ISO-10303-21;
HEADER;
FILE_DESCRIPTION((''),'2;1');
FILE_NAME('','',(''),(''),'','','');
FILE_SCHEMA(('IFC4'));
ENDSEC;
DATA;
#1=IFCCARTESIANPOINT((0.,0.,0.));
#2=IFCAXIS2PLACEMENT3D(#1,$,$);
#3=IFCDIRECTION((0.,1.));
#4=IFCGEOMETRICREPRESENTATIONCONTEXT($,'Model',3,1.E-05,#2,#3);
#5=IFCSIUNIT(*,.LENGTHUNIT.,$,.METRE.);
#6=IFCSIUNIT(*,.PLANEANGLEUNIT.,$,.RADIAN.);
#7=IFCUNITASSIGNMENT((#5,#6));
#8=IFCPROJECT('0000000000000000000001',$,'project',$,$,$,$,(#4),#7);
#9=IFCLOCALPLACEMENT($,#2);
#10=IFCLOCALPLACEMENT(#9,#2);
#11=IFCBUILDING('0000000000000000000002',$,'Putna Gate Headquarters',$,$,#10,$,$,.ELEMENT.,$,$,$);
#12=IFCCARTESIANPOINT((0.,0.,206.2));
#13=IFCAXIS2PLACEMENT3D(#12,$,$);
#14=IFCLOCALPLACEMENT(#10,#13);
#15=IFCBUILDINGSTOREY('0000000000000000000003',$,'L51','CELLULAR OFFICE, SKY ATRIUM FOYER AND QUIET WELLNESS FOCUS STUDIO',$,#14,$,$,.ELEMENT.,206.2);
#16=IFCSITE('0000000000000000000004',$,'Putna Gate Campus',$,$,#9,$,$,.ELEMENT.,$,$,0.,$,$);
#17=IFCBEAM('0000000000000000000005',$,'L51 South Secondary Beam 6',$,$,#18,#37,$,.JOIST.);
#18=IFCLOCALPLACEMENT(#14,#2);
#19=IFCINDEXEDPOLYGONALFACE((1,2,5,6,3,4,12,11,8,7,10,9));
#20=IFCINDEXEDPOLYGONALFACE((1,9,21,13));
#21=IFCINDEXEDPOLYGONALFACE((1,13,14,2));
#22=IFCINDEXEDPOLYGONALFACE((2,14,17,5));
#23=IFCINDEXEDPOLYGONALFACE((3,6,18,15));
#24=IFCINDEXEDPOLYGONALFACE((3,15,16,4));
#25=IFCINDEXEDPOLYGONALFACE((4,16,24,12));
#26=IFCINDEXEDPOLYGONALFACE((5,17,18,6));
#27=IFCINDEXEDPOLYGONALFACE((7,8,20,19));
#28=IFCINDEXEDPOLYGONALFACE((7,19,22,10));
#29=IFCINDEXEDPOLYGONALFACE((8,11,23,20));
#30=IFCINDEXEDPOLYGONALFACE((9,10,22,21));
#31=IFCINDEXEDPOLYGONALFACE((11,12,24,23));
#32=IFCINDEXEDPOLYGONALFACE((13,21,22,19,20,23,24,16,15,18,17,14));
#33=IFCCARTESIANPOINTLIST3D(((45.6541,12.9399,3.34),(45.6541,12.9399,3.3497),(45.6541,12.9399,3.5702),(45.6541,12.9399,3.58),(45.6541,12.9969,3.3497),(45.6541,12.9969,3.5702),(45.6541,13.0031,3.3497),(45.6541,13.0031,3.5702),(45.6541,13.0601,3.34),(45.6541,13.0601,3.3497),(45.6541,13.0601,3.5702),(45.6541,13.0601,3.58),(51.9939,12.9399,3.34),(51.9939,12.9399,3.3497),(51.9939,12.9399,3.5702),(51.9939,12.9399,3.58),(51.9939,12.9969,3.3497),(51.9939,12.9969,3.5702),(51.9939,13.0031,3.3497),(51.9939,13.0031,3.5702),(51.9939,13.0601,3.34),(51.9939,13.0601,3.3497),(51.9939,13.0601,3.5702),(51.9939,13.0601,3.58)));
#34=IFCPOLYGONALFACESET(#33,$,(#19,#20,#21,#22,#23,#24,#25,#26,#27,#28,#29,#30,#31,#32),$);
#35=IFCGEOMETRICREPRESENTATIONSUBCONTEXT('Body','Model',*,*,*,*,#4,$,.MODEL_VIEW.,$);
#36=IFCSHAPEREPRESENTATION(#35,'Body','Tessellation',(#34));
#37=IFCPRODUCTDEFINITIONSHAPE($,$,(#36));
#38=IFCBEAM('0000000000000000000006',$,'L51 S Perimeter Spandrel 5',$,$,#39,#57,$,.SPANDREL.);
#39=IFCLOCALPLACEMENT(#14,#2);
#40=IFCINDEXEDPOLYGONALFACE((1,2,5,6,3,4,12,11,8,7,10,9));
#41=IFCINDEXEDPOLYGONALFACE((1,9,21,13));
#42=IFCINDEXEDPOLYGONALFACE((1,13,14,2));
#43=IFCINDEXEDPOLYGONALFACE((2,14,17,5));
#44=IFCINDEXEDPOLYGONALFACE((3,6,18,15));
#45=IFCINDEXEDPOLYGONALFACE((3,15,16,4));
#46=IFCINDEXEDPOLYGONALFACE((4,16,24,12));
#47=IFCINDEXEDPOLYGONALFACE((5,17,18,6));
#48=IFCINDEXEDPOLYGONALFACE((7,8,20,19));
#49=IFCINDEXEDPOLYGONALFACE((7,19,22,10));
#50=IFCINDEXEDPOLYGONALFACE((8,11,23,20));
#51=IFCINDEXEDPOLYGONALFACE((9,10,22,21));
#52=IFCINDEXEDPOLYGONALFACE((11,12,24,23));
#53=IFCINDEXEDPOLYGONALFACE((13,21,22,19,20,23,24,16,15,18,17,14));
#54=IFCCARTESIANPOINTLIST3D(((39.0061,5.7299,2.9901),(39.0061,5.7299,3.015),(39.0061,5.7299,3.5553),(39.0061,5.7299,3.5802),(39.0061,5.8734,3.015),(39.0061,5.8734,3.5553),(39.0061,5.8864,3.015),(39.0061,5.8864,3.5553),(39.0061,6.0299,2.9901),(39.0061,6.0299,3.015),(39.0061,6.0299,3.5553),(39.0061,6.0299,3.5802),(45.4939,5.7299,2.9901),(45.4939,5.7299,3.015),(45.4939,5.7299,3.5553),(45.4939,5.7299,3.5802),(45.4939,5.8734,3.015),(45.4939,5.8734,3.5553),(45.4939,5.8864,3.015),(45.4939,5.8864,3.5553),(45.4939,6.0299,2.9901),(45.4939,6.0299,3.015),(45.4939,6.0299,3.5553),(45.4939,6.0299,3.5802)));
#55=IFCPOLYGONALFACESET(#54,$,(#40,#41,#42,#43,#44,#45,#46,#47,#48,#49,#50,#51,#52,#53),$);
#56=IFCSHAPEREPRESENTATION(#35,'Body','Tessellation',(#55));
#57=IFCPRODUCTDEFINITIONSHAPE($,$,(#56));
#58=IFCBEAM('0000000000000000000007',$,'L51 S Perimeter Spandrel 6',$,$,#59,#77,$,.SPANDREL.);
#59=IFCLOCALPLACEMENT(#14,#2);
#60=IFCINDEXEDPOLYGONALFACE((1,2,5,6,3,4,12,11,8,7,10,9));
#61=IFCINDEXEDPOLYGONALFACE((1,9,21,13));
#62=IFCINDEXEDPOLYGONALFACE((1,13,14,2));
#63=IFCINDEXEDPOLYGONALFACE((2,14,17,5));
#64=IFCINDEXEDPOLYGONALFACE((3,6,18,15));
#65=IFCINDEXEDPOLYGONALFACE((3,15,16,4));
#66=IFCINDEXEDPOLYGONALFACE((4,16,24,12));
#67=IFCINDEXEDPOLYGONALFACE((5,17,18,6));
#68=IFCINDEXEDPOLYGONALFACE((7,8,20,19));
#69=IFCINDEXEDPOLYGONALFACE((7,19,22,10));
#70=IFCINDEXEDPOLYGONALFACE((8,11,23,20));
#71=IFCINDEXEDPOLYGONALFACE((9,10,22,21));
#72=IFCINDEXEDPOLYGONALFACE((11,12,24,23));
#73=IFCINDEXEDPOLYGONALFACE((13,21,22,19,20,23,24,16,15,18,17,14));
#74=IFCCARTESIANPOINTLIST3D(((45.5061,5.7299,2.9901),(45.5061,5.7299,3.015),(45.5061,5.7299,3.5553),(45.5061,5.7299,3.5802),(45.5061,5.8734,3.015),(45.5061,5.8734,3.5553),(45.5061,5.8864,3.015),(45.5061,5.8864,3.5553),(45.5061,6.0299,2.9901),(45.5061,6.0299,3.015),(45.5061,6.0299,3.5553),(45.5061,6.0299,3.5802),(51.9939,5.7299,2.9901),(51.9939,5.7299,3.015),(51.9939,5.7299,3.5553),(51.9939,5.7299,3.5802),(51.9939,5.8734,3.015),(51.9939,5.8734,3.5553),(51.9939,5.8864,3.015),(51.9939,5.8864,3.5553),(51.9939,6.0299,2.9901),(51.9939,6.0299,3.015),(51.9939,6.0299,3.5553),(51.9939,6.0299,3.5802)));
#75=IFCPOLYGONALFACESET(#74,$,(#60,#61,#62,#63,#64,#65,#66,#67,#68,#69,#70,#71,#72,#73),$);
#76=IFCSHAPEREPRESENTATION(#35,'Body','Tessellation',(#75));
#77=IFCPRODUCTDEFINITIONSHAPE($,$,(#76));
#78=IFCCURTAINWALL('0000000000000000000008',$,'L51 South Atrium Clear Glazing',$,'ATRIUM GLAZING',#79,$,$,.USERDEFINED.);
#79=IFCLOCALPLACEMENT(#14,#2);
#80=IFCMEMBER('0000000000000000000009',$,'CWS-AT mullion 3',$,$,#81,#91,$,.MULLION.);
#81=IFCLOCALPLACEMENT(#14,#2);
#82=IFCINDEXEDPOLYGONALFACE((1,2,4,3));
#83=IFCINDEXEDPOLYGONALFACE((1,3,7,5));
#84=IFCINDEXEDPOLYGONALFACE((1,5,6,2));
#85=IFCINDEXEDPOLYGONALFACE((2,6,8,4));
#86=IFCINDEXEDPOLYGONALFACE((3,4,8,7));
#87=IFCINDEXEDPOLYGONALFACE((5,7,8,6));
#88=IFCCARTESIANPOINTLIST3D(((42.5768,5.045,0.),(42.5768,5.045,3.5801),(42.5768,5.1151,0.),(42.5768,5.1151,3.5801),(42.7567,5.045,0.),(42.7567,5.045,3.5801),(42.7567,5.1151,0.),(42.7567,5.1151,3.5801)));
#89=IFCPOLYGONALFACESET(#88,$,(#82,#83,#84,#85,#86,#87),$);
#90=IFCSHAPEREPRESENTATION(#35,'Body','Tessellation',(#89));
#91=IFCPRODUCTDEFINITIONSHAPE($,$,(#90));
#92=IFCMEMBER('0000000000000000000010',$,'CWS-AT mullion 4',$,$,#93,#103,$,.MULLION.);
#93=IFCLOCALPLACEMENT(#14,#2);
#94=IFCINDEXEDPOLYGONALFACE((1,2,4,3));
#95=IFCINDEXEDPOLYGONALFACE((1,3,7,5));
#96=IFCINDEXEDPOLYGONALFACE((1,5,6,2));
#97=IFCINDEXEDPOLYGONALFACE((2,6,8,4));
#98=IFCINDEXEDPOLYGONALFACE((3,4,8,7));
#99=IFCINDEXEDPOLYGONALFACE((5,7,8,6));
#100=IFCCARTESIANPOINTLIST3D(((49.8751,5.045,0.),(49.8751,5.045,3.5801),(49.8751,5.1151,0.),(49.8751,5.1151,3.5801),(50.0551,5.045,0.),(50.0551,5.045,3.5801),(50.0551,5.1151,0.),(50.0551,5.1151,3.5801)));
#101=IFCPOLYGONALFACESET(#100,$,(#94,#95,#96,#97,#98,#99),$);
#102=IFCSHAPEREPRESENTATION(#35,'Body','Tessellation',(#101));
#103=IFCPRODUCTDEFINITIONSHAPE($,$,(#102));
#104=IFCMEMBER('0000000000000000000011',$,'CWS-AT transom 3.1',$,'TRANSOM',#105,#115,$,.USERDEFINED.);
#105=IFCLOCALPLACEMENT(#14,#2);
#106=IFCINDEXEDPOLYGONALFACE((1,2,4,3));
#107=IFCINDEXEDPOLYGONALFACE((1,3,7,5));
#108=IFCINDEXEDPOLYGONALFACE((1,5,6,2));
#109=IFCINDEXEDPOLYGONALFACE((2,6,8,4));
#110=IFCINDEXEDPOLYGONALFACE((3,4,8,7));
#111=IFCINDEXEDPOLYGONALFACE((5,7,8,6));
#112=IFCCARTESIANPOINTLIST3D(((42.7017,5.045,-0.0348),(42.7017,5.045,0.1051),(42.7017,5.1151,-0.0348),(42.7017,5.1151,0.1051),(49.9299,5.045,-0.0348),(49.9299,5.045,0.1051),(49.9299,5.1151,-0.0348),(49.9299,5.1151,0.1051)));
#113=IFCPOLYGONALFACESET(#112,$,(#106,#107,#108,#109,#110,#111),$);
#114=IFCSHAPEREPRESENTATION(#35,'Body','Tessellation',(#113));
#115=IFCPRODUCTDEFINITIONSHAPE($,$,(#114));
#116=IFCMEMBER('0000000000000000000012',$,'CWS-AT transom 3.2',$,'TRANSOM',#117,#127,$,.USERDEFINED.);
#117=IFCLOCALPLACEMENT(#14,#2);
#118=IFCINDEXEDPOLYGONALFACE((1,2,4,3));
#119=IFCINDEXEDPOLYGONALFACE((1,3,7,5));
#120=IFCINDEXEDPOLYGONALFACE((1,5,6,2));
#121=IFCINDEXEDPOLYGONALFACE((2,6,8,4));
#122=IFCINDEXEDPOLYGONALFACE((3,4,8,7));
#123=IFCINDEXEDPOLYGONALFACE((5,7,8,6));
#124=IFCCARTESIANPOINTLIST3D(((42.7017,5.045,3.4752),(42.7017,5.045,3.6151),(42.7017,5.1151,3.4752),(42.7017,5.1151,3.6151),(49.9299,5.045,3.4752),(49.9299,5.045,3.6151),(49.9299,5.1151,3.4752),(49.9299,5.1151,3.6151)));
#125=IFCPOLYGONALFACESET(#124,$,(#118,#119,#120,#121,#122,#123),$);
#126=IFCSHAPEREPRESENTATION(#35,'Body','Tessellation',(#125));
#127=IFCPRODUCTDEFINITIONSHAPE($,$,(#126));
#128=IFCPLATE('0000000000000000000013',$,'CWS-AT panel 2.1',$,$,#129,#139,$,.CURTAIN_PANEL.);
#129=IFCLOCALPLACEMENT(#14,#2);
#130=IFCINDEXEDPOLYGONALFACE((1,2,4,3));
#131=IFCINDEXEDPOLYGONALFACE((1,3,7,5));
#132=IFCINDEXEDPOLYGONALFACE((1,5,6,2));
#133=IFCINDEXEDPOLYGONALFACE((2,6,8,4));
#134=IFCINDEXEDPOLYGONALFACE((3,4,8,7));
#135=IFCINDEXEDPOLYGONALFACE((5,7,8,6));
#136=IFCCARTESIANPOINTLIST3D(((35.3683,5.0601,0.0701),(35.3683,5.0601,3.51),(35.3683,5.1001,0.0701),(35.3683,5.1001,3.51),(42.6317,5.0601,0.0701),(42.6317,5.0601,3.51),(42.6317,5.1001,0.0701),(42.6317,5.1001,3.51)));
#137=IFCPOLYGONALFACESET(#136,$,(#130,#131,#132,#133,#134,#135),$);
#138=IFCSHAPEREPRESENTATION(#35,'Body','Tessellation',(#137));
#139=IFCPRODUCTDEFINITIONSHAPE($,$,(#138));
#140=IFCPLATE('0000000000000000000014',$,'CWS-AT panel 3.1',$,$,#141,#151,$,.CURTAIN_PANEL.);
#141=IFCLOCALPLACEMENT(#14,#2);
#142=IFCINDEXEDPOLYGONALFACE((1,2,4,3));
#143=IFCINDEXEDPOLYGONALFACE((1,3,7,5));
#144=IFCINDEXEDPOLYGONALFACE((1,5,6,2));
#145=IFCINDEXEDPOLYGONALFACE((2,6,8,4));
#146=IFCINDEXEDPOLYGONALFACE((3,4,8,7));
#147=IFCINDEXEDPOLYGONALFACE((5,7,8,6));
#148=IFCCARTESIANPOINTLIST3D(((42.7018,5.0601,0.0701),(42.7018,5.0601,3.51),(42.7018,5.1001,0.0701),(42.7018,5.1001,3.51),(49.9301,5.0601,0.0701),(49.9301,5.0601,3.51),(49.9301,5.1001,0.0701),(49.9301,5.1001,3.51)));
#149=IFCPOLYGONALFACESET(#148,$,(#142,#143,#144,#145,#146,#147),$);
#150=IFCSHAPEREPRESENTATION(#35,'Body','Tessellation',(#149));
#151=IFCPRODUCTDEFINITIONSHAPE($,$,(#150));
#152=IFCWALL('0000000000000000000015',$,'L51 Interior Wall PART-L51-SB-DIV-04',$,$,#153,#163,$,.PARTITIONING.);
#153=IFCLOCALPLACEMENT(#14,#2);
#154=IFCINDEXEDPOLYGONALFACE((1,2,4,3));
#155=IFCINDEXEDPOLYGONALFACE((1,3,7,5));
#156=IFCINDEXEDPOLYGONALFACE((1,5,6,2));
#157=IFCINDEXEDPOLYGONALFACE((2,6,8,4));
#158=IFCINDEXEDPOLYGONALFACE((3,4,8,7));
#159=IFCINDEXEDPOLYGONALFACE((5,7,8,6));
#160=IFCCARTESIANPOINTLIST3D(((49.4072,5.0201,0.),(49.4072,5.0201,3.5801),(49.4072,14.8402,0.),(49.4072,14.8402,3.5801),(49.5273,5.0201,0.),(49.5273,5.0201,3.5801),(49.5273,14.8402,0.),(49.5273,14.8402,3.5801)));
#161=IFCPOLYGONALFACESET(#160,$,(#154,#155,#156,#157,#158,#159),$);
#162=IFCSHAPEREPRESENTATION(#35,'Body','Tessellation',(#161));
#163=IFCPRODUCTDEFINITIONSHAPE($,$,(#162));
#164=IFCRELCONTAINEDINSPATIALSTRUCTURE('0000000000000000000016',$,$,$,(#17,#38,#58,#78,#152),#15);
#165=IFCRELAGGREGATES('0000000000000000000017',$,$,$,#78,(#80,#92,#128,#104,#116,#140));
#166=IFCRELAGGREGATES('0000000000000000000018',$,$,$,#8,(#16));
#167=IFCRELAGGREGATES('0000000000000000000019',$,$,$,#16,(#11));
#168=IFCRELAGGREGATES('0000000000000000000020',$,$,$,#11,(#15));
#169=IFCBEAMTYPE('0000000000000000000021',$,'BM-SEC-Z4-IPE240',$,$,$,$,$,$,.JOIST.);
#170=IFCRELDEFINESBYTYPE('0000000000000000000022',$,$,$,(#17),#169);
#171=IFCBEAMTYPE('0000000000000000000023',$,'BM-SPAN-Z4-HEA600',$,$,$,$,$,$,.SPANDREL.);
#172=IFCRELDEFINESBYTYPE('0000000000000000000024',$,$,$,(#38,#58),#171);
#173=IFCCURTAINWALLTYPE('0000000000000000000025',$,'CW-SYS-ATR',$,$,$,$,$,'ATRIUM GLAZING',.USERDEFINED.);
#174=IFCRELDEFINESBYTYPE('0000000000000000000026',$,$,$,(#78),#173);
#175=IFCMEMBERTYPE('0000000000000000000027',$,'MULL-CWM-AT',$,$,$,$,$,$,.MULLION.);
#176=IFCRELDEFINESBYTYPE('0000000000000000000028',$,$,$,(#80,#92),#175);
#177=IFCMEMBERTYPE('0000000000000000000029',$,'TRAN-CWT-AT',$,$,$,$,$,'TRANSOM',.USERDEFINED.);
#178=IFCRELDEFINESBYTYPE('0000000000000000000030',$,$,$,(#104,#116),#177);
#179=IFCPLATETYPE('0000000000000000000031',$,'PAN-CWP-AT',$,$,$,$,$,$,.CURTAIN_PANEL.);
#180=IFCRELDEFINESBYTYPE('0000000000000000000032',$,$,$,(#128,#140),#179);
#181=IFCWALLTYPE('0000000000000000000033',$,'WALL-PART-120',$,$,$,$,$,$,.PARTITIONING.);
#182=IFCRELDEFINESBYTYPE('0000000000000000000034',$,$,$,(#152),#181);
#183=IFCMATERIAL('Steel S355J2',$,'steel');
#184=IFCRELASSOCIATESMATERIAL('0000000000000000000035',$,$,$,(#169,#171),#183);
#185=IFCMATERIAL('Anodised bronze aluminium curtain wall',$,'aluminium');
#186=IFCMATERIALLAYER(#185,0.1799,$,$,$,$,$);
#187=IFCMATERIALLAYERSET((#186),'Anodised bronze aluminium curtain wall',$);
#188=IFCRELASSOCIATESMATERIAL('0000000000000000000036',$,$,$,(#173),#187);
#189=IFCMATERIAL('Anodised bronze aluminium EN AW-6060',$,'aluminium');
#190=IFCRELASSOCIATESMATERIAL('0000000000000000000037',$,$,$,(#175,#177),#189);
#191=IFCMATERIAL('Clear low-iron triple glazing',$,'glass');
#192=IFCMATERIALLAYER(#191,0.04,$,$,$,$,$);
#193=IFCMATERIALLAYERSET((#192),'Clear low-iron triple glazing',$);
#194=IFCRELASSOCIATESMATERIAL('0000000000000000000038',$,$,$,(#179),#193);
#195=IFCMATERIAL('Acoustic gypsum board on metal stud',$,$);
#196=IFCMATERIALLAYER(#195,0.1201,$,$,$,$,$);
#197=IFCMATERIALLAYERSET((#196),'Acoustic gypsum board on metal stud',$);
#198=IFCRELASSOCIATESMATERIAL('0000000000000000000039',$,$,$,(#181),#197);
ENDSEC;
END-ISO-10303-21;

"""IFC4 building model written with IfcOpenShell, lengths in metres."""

from ifc_helpers import new_model, si_unit, direction, frame, frame_2d, origin, origin_2d, place, context, subcontext, project, spatial, rectangle, i_section, extrude, material, layer, layer_set, material_profile, profile_set, type_object, element, aggregate, save


model = new_model("IFC4")

# Units and contexts
model_context = context("Model", 3, precision=1e-05, world=origin(), true_north=direction((0.0, 1.0)))
body_context = subcontext(model_context, "Body", "Model", "MODEL_VIEW")
ifc_project = project(units=[si_unit("LENGTHUNIT", "METRE"), si_unit("PLANEANGLEUNIT", "RADIAN")], contexts=[model_context])

# Site, building, storey
site_placement = place(None, origin())
site = spatial("IfcSite", under=ifc_project, at=site_placement, Name="Putna Gate Campus", CompositionType="ELEMENT", RefElevation=0.0)
building_placement = place(site_placement, origin())
building = spatial("IfcBuilding", under=site, at=building_placement, Name="Putna Gate Headquarters", CompositionType="ELEMENT")
storey_placement = place(building_placement, frame((0.0, 0.0, 206.2)))
storey = spatial("IfcBuildingStorey", under=building, at=storey_placement, Name="L51", Description="CELLULAR OFFICE, SKY ATRIUM FOYER AND QUIET WELLNESS FOCUS STUDIO", CompositionType="ELEMENT", Elevation=206.2)

# Beams
ifc_material_1 = material(Name="Steel S355J2", Category="steel")
ifc_material_profile_1 = material_profile(ifc_material_1, i_section(OverallWidth=0.1201, OverallDepth=0.24, WebThickness=0.0061, FlangeThickness=0.0098, at=origin_2d()), Name="Steel S355J2")
ifc_profile_set_1 = profile_set([ifc_material_profile_1], Name="Steel S355J2")
beam_type_1 = type_object("IfcBeamType", Name="BM-SEC-Z4-IPE240", PredefinedType="JOIST", material=ifc_profile_set_1)
beam_1_placement = place(storey_placement, frame((45.6541, 13.0, 3.46), z_axis=(1.0, 0.0, 0.0), x_axis=(0.0, 1.0, 0.0)))
element("IfcBeam", 1, at=beam_1_placement, inside=storey, type_object=beam_type_1, Name="L51 South Secondary Beam 6", PredefinedType="JOIST", context=body_context, shape_type="SweptSolid", body=[
    extrude(i_section(OverallWidth=0.1201, OverallDepth=0.24, WebThickness=0.0061, FlangeThickness=0.0098, at=origin_2d()), origin(), (0.0, 0.0, 1.0), 6.3398),
])
ifc_material_profile_2 = material_profile(ifc_material_1, i_section(OverallWidth=0.3, OverallDepth=0.5901, WebThickness=0.0129, FlangeThickness=0.0249, at=origin_2d()), Name="Steel S355J2")
ifc_profile_set_2 = profile_set([ifc_material_profile_2], Name="Steel S355J2")
beam_type_2 = type_object("IfcBeamType", Name="BM-SPAN-Z4-HEA600", PredefinedType="SPANDREL", material=ifc_profile_set_2)
for number, where, z_axis, x_axis, name in (
    (2, (39.0061, 5.8799, 3.2852), (1.0, 0.0, 0.0), (0.0, 1.0, 0.0), "L51 S Perimeter Spandrel 5"),
    (3, (45.5061, 5.8799, 3.2852), (1.0, 0.0, 0.0), (0.0, 1.0, 0.0), "L51 S Perimeter Spandrel 6"),
):
    element("IfcBeam", number, at=place(storey_placement, frame(where, z_axis=z_axis, x_axis=x_axis)), inside=storey, type_object=beam_type_2, Name=name, PredefinedType="SPANDREL", context=body_context, shape_type="SweptSolid", body=[
        extrude(i_section(OverallWidth=0.3, OverallDepth=0.5901, WebThickness=0.0129, FlangeThickness=0.0249, at=origin_2d()), origin(), (0.0, 0.0, 1.0), 6.4878),
    ])

# Curtain wall, members, plates
ifc_material_2 = material(Name="Anodised bronze aluminium curtain wall", Category="aluminium")
ifc_layer_1 = layer(ifc_material_2, 0.1799)
ifc_layer_set_1 = layer_set([ifc_layer_1], Name="Anodised bronze aluminium curtain wall")
curtain_wall_type = type_object("IfcCurtainWallType", Name="CW-SYS-ATR", ElementType="ATRIUM GLAZING", PredefinedType="USERDEFINED", material=ifc_layer_set_1)
curtain_wall_placement = place(storey_placement, origin())
curtain_wall = element("IfcCurtainWall", 4, at=curtain_wall_placement, inside=storey, type_object=curtain_wall_type, Name="L51 South Atrium Clear Glazing", ObjectType="ATRIUM GLAZING", PredefinedType="USERDEFINED")
ifc_material_3 = material(Name="Anodised bronze aluminium EN AW-6060", Category="aluminium")
ifc_material_profile_3 = material_profile(ifc_material_3, rectangle(XDim=0.0701, YDim=0.1799, at=origin_2d()), Name="Anodised bronze aluminium EN AW-6060")
ifc_profile_set_3 = profile_set([ifc_material_profile_3], Name="Anodised bronze aluminium EN AW-6060")
member_type_1 = type_object("IfcMemberType", Name="MULL-CWM-AT", PredefinedType="MULLION", material=ifc_profile_set_3)
member_1_placement = place(storey_placement, frame((42.6667, 5.0801, 0.0), z_axis=(0.0, 0.0, 1.0), x_axis=(0.0, 1.0, 0.0)))
member_1 = element("IfcMember", 5, at=member_1_placement, type_object=member_type_1, Name="CWS-AT mullion 3", PredefinedType="MULLION", context=body_context, shape_type="SweptSolid", body=[
    extrude(rectangle(XDim=0.0701, YDim=0.1799, at=origin_2d()), origin(), (0.0, 0.0, 1.0), 3.5801),
])
member_2_placement = place(storey_placement, frame((49.9651, 5.0801, 0.0), z_axis=(0.0, 0.0, 1.0), x_axis=(0.0, 1.0, 0.0)))
member_2 = element("IfcMember", 6, at=member_2_placement, type_object=member_type_1, Name="CWS-AT mullion 4", PredefinedType="MULLION", context=body_context, shape_type="SweptSolid", body=[
    extrude(rectangle(XDim=0.0701, YDim=0.1799, at=origin_2d()), origin(), (0.0, 0.0, 1.0), 3.5801),
])
ifc_material_profile_4 = material_profile(ifc_material_3, rectangle(XDim=0.0701, YDim=0.1399, at=origin_2d()), Name="Anodised bronze aluminium EN AW-6060")
ifc_profile_set_4 = profile_set([ifc_material_profile_4], Name="Anodised bronze aluminium EN AW-6060")
member_type_2 = type_object("IfcMemberType", Name="TRAN-CWT-AT", ElementType="TRANSOM", PredefinedType="USERDEFINED", material=ifc_profile_set_4)
member_3_placement = place(storey_placement, frame((42.7017, 5.0801, 0.0352), z_axis=(1.0, 0.0, 0.0), x_axis=(0.0, 1.0, 0.0)))
member_3 = element("IfcMember", 7, at=member_3_placement, type_object=member_type_2, Name="CWS-AT transom 3.1", ObjectType="TRANSOM", PredefinedType="USERDEFINED", context=body_context, shape_type="SweptSolid", body=[
    extrude(rectangle(XDim=0.0701, YDim=0.1399, at=origin_2d()), origin(), (0.0, 0.0, 1.0), 7.2283),
])
member_4_placement = place(storey_placement, frame((42.7017, 5.0801, 3.5452), z_axis=(1.0, 0.0, 0.0), x_axis=(0.0, 1.0, 0.0)))
member_4 = element("IfcMember", 8, at=member_4_placement, type_object=member_type_2, Name="CWS-AT transom 3.2", ObjectType="TRANSOM", PredefinedType="USERDEFINED", context=body_context, shape_type="SweptSolid", body=[
    extrude(rectangle(XDim=0.0701, YDim=0.1399, at=origin_2d()), origin(), (0.0, 0.0, 1.0), 7.2283),
])
ifc_material_4 = material(Name="Clear low-iron triple glazing", Category="glass")
ifc_layer_2 = layer(ifc_material_4, 0.04)
ifc_layer_set_2 = layer_set([ifc_layer_2], Name="Clear low-iron triple glazing")
plate_type = type_object("IfcPlateType", Name="PAN-CWP-AT", PredefinedType="CURTAIN_PANEL", material=ifc_layer_set_2)
plate_1_placement = place(storey_placement, frame((39.0, 5.0801, 0.0701), z_axis=(0.0, 0.0, 1.0), x_axis=(1.0, 0.0, 0.0)))
plate_1 = element("IfcPlate", 9, at=plate_1_placement, type_object=plate_type, Name="CWS-AT panel 2.1", PredefinedType="CURTAIN_PANEL", context=body_context, shape_type="SweptSolid", body=[
    extrude(rectangle(XDim=7.2634, YDim=0.04, at=origin_2d()), origin(), (0.0, 0.0, 1.0), 3.4399),
])
plate_2_placement = place(storey_placement, frame((46.3159, 5.0801, 0.0701), z_axis=(0.0, 0.0, 1.0), x_axis=(1.0, 0.0, 0.0)))
plate_2 = element("IfcPlate", 10, at=plate_2_placement, type_object=plate_type, Name="CWS-AT panel 3.1", PredefinedType="CURTAIN_PANEL", context=body_context, shape_type="SweptSolid", body=[
    extrude(rectangle(XDim=7.2283, YDim=0.04, at=origin_2d()), origin(), (0.0, 0.0, 1.0), 3.4399),
])
aggregate(curtain_wall, [member_1, member_2, plate_1, member_3, member_4, plate_2])

# Wall
ifc_material_5 = material(Name="Acoustic gypsum board on metal stud")
ifc_layer_3 = layer(ifc_material_5, 0.1201)
ifc_layer_set_3 = layer_set([ifc_layer_3], Name="Acoustic gypsum board on metal stud")
wall_type_1 = type_object("IfcWallType", Name="WALL-PART-120", PredefinedType="PARTITIONING", material=ifc_layer_set_3)
wall_1_placement = place(storey_placement, frame((49.4673, 5.02, 0.0), z_axis=(0.0, 0.0, 1.0), x_axis=(0.0, 1.0, 0.0)))
element("IfcWall", 11, at=wall_1_placement, inside=storey, type_object=wall_type_1, Name="L51 Interior Wall PART-L51-SB-DIV-04", PredefinedType="PARTITIONING", context=body_context, shape_type="SweptSolid", body=[
    extrude(rectangle(XDim=9.8201, YDim=0.1201, at=frame_2d((4.9102, 0.0))), origin(), (0.0, 0.0, 1.0), 3.5801),
])

save(model, "model.ifc")
